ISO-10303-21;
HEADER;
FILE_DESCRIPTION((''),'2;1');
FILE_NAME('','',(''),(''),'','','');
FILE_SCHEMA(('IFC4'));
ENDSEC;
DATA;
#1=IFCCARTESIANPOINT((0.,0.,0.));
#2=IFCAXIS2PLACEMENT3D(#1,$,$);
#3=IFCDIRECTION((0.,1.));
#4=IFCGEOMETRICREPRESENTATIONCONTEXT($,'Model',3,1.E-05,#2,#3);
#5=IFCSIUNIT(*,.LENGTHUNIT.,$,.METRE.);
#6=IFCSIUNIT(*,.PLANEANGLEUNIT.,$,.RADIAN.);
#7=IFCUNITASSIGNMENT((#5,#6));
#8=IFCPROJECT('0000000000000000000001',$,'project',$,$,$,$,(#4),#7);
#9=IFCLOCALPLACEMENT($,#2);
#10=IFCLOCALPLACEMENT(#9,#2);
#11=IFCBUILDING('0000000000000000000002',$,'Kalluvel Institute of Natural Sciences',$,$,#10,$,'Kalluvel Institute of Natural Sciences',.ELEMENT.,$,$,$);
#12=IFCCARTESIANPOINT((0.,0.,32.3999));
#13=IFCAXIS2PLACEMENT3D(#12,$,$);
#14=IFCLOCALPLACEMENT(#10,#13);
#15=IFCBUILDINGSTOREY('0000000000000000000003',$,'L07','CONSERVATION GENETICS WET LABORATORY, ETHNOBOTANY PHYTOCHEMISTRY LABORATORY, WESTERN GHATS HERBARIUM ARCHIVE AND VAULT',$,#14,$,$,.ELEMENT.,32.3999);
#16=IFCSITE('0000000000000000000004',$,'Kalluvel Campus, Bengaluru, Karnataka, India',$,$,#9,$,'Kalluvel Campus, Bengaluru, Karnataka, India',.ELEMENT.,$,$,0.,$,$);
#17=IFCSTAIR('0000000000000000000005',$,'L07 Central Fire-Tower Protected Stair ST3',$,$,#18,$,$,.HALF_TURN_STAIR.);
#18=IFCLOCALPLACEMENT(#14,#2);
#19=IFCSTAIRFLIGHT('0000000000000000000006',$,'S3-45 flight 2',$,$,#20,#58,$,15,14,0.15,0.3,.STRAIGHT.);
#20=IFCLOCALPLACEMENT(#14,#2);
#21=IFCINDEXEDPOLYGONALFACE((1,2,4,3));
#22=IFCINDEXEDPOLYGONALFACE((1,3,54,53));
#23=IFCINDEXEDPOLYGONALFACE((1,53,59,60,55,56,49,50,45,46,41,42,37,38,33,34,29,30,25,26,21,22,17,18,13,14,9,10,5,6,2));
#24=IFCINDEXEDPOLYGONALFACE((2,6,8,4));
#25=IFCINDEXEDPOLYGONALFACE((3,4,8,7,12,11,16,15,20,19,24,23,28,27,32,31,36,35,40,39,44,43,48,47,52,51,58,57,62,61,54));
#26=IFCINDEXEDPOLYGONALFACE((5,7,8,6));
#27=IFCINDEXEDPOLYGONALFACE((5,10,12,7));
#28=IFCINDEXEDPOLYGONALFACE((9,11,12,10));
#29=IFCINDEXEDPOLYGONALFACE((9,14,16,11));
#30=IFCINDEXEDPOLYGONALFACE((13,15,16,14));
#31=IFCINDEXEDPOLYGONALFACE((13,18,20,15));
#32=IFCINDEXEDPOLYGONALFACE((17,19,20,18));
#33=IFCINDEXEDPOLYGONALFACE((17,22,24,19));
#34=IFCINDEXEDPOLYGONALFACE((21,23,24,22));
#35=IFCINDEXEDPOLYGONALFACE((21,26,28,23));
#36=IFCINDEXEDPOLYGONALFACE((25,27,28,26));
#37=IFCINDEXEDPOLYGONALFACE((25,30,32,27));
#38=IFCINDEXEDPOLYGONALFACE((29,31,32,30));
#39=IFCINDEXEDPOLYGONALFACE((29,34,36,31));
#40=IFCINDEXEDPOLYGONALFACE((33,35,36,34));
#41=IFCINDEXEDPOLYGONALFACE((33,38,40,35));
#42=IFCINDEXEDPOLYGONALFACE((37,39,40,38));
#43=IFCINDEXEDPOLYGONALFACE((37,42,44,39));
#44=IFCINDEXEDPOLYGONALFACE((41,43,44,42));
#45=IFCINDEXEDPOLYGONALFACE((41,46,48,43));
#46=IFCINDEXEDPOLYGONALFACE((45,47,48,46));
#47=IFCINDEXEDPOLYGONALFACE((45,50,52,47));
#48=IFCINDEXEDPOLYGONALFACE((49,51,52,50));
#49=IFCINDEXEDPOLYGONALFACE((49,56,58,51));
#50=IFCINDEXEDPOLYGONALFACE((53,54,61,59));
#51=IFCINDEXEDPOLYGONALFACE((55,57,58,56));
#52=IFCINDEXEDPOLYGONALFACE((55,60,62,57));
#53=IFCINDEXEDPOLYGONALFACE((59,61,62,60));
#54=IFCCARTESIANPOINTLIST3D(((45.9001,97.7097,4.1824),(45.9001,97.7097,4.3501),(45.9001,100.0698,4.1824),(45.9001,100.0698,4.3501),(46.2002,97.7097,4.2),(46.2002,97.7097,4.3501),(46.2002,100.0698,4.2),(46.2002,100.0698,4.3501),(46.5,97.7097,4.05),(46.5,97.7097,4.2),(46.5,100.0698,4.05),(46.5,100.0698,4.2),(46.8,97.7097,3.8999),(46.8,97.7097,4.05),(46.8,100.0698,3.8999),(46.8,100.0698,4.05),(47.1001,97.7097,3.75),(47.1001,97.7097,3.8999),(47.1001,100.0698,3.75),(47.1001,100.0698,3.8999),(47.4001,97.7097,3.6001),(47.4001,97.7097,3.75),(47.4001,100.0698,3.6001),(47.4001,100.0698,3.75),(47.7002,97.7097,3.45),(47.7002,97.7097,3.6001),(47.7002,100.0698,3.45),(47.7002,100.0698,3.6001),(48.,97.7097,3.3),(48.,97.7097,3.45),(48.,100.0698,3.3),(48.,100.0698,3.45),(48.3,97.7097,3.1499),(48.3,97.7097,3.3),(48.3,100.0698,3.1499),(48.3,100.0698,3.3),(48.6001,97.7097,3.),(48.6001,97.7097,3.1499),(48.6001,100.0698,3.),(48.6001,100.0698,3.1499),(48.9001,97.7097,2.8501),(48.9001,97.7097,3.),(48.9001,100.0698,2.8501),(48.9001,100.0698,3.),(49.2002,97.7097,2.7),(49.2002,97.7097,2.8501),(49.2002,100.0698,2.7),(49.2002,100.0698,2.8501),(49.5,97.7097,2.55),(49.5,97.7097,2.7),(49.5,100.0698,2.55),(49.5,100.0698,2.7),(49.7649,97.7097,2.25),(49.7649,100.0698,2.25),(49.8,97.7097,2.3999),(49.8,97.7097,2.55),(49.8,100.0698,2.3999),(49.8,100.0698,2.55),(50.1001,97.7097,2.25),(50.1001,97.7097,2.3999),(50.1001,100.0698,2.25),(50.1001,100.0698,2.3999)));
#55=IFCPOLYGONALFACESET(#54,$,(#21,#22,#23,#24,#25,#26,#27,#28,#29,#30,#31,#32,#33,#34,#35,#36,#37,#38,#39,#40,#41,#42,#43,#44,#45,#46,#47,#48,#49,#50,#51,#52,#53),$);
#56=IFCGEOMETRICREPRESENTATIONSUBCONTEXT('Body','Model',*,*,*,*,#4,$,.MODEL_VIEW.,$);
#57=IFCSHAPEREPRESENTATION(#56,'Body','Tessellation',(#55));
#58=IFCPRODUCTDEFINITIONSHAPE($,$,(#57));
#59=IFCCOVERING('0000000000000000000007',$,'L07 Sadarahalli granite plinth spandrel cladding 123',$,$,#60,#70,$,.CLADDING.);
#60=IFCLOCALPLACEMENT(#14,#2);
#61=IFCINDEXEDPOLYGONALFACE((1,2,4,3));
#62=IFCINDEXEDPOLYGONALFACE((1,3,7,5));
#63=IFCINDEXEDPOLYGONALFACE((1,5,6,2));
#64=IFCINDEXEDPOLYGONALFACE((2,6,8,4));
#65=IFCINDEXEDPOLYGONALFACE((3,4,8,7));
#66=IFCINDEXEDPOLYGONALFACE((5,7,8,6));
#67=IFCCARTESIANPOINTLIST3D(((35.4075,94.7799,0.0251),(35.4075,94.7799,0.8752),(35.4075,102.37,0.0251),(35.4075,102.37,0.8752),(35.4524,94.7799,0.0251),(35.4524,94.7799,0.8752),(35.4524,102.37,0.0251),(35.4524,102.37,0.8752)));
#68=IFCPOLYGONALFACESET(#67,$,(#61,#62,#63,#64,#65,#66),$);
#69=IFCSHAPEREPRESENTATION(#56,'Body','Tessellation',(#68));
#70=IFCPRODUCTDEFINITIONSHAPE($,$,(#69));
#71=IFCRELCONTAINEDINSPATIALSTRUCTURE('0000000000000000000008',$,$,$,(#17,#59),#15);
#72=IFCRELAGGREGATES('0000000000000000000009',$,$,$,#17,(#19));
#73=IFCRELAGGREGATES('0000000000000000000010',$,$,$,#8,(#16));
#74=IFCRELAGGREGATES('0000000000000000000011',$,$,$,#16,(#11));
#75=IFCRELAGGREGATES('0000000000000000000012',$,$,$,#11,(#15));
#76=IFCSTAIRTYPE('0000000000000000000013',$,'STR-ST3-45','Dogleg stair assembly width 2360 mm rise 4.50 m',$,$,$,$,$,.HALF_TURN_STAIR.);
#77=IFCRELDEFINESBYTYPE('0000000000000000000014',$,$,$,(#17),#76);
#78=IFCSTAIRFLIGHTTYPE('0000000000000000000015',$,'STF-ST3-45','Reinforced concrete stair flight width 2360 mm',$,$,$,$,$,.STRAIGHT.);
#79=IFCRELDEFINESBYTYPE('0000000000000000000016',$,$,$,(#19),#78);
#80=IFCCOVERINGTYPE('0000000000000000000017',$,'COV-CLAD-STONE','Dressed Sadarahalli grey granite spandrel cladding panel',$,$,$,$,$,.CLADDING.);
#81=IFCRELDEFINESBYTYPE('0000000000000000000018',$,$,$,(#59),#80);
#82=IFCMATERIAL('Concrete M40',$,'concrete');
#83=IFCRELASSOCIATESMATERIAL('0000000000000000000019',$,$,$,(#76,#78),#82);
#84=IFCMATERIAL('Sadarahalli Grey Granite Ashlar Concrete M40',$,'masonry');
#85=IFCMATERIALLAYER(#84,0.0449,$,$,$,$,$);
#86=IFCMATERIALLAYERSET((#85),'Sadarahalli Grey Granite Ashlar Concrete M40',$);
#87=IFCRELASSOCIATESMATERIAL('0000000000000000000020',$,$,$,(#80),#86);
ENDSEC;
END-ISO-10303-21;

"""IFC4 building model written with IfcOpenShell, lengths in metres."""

from ifc_helpers import new_model, si_unit, direction, frame, origin, origin_2d, place, context, subcontext, project, spatial, polyline, rectangle, outline, extrude, material, layer, layer_set, type_object, element, aggregate, save


model = new_model("IFC4")

# Units and contexts
model_context = context("Model", 3, precision=1e-05, world=origin(), true_north=direction((0.0, 1.0)))
body_context = subcontext(model_context, "Body", "Model", "MODEL_VIEW")
ifc_project = project(units=[si_unit("LENGTHUNIT", "METRE"), si_unit("PLANEANGLEUNIT", "RADIAN")], contexts=[model_context])

# Site, building, storey
site_placement = place(None, origin())
site = spatial("IfcSite", under=ifc_project, at=site_placement, Name="Kalluvel Campus, Bengaluru, Karnataka, India", LongName="Kalluvel Campus, Bengaluru, Karnataka, India", CompositionType="ELEMENT", RefElevation=0.0)
building_placement = place(site_placement, origin())
building = spatial("IfcBuilding", under=site, at=building_placement, Name="Kalluvel Institute of Natural Sciences", LongName="Kalluvel Institute of Natural Sciences", CompositionType="ELEMENT")
storey_placement = place(building_placement, frame((0.0, 0.0, 32.3999)))
storey = spatial("IfcBuildingStorey", under=building, at=storey_placement, Name="L07", Description="CONSERVATION GENETICS WET LABORATORY, ETHNOBOTANY PHYTOCHEMISTRY LABORATORY, WESTERN GHATS HERBARIUM ARCHIVE AND VAULT", CompositionType="ELEMENT", Elevation=32.3999)

# Shared definitions
ifc_material_1 = material(Name="Concrete M40", Category="concrete")

# Stair, stair flight
stair_type = type_object("IfcStairType", Name="STR-ST3-45", Description="Dogleg stair assembly width 2360 mm rise 4.50 m", PredefinedType="HALF_TURN_STAIR", material=ifc_material_1)
stair_placement = place(storey_placement, origin())
stair = element("IfcStair", 1, at=stair_placement, inside=storey, type_object=stair_type, Name="L07 Central Fire-Tower Protected Stair ST3", PredefinedType="HALF_TURN_STAIR")
stair_flight_type = type_object("IfcStairFlightType", Name="STF-ST3-45", Description="Reinforced concrete stair flight width 2360 mm", PredefinedType="STRAIGHT", material=ifc_material_1)
stair_flight_placement = place(storey_placement, frame((50.1001, 98.8899, 2.25), z_axis=(0.0, 0.0, 1.0), x_axis=(-1.0, 0.0, 0.0)))
stair_flight = element("IfcStairFlight", 2, at=stair_flight_placement, type_object=stair_flight_type, Name="S3-45 flight 2", NumberOfRisers=15, NumberOfTreads=14, PredefinedType="STRAIGHT", RiserHeight=0.15, TreadLength=0.3, context=body_context, shape_type="SweptSolid", body=[
    extrude(outline(polyline([(0.0, 0.0), (0.0, 0.1499), (0.3, 0.1499), (0.3, 0.3), (0.6001, 0.3), (0.6001, 0.45), (0.8999, 0.45), (0.8999, 0.6001), (1.2, 0.6001), (1.2, 0.75), (1.5, 0.75), (1.5, 0.8999), (1.8, 0.8999), (1.8, 1.05), (2.1001, 1.05), (2.1001, 1.2), (2.3999, 1.2), (2.3999, 1.3501), (2.7, 1.3501), (2.7, 1.5), (3.0, 1.5), (3.0, 1.6499), (3.3, 1.6499), (3.3, 1.8), (3.6001, 1.8), (3.6001, 1.95), (3.8999, 1.95), (3.8999, 2.1001), (4.2, 2.1001), (4.2, 2.25), (4.2, 1.9324), (0.3352, 0.0), (0.0, 0.0)])), frame((0.0, 1.1802, 0.0), z_axis=(0.0, -1.0, 0.0), x_axis=(1.0, 0.0, 0.0)), (0.0, 0.0, 1.0), 2.3601),
])
aggregate(stair, [stair_flight])

# Covering
ifc_material_2 = material(Name="Sadarahalli Grey Granite Ashlar Concrete M40", Category="masonry")
ifc_layer_1 = layer(ifc_material_2, 0.0449)
ifc_layer_set_1 = layer_set([ifc_layer_1], Name="Sadarahalli Grey Granite Ashlar Concrete M40")
covering_type = type_object("IfcCoveringType", Name="COV-CLAD-STONE", Description="Dressed Sadarahalli grey granite spandrel cladding panel", PredefinedType="CLADDING", material=ifc_layer_set_1)
covering_placement = place(storey_placement, frame((35.4299, 98.575, 0.0251), z_axis=(0.0, 0.0, 1.0), x_axis=(0.0, 1.0, 0.0)))
element("IfcCovering", 3, at=covering_placement, inside=storey, type_object=covering_type, Name="L07 Sadarahalli granite plinth spandrel cladding 123", PredefinedType="CLADDING", context=body_context, shape_type="SweptSolid", body=[
    extrude(rectangle(XDim=7.5901, YDim=0.0449, at=origin_2d()), origin(), (0.0, 0.0, 1.0), 0.8501),
])

save(model, "model.ifc")
